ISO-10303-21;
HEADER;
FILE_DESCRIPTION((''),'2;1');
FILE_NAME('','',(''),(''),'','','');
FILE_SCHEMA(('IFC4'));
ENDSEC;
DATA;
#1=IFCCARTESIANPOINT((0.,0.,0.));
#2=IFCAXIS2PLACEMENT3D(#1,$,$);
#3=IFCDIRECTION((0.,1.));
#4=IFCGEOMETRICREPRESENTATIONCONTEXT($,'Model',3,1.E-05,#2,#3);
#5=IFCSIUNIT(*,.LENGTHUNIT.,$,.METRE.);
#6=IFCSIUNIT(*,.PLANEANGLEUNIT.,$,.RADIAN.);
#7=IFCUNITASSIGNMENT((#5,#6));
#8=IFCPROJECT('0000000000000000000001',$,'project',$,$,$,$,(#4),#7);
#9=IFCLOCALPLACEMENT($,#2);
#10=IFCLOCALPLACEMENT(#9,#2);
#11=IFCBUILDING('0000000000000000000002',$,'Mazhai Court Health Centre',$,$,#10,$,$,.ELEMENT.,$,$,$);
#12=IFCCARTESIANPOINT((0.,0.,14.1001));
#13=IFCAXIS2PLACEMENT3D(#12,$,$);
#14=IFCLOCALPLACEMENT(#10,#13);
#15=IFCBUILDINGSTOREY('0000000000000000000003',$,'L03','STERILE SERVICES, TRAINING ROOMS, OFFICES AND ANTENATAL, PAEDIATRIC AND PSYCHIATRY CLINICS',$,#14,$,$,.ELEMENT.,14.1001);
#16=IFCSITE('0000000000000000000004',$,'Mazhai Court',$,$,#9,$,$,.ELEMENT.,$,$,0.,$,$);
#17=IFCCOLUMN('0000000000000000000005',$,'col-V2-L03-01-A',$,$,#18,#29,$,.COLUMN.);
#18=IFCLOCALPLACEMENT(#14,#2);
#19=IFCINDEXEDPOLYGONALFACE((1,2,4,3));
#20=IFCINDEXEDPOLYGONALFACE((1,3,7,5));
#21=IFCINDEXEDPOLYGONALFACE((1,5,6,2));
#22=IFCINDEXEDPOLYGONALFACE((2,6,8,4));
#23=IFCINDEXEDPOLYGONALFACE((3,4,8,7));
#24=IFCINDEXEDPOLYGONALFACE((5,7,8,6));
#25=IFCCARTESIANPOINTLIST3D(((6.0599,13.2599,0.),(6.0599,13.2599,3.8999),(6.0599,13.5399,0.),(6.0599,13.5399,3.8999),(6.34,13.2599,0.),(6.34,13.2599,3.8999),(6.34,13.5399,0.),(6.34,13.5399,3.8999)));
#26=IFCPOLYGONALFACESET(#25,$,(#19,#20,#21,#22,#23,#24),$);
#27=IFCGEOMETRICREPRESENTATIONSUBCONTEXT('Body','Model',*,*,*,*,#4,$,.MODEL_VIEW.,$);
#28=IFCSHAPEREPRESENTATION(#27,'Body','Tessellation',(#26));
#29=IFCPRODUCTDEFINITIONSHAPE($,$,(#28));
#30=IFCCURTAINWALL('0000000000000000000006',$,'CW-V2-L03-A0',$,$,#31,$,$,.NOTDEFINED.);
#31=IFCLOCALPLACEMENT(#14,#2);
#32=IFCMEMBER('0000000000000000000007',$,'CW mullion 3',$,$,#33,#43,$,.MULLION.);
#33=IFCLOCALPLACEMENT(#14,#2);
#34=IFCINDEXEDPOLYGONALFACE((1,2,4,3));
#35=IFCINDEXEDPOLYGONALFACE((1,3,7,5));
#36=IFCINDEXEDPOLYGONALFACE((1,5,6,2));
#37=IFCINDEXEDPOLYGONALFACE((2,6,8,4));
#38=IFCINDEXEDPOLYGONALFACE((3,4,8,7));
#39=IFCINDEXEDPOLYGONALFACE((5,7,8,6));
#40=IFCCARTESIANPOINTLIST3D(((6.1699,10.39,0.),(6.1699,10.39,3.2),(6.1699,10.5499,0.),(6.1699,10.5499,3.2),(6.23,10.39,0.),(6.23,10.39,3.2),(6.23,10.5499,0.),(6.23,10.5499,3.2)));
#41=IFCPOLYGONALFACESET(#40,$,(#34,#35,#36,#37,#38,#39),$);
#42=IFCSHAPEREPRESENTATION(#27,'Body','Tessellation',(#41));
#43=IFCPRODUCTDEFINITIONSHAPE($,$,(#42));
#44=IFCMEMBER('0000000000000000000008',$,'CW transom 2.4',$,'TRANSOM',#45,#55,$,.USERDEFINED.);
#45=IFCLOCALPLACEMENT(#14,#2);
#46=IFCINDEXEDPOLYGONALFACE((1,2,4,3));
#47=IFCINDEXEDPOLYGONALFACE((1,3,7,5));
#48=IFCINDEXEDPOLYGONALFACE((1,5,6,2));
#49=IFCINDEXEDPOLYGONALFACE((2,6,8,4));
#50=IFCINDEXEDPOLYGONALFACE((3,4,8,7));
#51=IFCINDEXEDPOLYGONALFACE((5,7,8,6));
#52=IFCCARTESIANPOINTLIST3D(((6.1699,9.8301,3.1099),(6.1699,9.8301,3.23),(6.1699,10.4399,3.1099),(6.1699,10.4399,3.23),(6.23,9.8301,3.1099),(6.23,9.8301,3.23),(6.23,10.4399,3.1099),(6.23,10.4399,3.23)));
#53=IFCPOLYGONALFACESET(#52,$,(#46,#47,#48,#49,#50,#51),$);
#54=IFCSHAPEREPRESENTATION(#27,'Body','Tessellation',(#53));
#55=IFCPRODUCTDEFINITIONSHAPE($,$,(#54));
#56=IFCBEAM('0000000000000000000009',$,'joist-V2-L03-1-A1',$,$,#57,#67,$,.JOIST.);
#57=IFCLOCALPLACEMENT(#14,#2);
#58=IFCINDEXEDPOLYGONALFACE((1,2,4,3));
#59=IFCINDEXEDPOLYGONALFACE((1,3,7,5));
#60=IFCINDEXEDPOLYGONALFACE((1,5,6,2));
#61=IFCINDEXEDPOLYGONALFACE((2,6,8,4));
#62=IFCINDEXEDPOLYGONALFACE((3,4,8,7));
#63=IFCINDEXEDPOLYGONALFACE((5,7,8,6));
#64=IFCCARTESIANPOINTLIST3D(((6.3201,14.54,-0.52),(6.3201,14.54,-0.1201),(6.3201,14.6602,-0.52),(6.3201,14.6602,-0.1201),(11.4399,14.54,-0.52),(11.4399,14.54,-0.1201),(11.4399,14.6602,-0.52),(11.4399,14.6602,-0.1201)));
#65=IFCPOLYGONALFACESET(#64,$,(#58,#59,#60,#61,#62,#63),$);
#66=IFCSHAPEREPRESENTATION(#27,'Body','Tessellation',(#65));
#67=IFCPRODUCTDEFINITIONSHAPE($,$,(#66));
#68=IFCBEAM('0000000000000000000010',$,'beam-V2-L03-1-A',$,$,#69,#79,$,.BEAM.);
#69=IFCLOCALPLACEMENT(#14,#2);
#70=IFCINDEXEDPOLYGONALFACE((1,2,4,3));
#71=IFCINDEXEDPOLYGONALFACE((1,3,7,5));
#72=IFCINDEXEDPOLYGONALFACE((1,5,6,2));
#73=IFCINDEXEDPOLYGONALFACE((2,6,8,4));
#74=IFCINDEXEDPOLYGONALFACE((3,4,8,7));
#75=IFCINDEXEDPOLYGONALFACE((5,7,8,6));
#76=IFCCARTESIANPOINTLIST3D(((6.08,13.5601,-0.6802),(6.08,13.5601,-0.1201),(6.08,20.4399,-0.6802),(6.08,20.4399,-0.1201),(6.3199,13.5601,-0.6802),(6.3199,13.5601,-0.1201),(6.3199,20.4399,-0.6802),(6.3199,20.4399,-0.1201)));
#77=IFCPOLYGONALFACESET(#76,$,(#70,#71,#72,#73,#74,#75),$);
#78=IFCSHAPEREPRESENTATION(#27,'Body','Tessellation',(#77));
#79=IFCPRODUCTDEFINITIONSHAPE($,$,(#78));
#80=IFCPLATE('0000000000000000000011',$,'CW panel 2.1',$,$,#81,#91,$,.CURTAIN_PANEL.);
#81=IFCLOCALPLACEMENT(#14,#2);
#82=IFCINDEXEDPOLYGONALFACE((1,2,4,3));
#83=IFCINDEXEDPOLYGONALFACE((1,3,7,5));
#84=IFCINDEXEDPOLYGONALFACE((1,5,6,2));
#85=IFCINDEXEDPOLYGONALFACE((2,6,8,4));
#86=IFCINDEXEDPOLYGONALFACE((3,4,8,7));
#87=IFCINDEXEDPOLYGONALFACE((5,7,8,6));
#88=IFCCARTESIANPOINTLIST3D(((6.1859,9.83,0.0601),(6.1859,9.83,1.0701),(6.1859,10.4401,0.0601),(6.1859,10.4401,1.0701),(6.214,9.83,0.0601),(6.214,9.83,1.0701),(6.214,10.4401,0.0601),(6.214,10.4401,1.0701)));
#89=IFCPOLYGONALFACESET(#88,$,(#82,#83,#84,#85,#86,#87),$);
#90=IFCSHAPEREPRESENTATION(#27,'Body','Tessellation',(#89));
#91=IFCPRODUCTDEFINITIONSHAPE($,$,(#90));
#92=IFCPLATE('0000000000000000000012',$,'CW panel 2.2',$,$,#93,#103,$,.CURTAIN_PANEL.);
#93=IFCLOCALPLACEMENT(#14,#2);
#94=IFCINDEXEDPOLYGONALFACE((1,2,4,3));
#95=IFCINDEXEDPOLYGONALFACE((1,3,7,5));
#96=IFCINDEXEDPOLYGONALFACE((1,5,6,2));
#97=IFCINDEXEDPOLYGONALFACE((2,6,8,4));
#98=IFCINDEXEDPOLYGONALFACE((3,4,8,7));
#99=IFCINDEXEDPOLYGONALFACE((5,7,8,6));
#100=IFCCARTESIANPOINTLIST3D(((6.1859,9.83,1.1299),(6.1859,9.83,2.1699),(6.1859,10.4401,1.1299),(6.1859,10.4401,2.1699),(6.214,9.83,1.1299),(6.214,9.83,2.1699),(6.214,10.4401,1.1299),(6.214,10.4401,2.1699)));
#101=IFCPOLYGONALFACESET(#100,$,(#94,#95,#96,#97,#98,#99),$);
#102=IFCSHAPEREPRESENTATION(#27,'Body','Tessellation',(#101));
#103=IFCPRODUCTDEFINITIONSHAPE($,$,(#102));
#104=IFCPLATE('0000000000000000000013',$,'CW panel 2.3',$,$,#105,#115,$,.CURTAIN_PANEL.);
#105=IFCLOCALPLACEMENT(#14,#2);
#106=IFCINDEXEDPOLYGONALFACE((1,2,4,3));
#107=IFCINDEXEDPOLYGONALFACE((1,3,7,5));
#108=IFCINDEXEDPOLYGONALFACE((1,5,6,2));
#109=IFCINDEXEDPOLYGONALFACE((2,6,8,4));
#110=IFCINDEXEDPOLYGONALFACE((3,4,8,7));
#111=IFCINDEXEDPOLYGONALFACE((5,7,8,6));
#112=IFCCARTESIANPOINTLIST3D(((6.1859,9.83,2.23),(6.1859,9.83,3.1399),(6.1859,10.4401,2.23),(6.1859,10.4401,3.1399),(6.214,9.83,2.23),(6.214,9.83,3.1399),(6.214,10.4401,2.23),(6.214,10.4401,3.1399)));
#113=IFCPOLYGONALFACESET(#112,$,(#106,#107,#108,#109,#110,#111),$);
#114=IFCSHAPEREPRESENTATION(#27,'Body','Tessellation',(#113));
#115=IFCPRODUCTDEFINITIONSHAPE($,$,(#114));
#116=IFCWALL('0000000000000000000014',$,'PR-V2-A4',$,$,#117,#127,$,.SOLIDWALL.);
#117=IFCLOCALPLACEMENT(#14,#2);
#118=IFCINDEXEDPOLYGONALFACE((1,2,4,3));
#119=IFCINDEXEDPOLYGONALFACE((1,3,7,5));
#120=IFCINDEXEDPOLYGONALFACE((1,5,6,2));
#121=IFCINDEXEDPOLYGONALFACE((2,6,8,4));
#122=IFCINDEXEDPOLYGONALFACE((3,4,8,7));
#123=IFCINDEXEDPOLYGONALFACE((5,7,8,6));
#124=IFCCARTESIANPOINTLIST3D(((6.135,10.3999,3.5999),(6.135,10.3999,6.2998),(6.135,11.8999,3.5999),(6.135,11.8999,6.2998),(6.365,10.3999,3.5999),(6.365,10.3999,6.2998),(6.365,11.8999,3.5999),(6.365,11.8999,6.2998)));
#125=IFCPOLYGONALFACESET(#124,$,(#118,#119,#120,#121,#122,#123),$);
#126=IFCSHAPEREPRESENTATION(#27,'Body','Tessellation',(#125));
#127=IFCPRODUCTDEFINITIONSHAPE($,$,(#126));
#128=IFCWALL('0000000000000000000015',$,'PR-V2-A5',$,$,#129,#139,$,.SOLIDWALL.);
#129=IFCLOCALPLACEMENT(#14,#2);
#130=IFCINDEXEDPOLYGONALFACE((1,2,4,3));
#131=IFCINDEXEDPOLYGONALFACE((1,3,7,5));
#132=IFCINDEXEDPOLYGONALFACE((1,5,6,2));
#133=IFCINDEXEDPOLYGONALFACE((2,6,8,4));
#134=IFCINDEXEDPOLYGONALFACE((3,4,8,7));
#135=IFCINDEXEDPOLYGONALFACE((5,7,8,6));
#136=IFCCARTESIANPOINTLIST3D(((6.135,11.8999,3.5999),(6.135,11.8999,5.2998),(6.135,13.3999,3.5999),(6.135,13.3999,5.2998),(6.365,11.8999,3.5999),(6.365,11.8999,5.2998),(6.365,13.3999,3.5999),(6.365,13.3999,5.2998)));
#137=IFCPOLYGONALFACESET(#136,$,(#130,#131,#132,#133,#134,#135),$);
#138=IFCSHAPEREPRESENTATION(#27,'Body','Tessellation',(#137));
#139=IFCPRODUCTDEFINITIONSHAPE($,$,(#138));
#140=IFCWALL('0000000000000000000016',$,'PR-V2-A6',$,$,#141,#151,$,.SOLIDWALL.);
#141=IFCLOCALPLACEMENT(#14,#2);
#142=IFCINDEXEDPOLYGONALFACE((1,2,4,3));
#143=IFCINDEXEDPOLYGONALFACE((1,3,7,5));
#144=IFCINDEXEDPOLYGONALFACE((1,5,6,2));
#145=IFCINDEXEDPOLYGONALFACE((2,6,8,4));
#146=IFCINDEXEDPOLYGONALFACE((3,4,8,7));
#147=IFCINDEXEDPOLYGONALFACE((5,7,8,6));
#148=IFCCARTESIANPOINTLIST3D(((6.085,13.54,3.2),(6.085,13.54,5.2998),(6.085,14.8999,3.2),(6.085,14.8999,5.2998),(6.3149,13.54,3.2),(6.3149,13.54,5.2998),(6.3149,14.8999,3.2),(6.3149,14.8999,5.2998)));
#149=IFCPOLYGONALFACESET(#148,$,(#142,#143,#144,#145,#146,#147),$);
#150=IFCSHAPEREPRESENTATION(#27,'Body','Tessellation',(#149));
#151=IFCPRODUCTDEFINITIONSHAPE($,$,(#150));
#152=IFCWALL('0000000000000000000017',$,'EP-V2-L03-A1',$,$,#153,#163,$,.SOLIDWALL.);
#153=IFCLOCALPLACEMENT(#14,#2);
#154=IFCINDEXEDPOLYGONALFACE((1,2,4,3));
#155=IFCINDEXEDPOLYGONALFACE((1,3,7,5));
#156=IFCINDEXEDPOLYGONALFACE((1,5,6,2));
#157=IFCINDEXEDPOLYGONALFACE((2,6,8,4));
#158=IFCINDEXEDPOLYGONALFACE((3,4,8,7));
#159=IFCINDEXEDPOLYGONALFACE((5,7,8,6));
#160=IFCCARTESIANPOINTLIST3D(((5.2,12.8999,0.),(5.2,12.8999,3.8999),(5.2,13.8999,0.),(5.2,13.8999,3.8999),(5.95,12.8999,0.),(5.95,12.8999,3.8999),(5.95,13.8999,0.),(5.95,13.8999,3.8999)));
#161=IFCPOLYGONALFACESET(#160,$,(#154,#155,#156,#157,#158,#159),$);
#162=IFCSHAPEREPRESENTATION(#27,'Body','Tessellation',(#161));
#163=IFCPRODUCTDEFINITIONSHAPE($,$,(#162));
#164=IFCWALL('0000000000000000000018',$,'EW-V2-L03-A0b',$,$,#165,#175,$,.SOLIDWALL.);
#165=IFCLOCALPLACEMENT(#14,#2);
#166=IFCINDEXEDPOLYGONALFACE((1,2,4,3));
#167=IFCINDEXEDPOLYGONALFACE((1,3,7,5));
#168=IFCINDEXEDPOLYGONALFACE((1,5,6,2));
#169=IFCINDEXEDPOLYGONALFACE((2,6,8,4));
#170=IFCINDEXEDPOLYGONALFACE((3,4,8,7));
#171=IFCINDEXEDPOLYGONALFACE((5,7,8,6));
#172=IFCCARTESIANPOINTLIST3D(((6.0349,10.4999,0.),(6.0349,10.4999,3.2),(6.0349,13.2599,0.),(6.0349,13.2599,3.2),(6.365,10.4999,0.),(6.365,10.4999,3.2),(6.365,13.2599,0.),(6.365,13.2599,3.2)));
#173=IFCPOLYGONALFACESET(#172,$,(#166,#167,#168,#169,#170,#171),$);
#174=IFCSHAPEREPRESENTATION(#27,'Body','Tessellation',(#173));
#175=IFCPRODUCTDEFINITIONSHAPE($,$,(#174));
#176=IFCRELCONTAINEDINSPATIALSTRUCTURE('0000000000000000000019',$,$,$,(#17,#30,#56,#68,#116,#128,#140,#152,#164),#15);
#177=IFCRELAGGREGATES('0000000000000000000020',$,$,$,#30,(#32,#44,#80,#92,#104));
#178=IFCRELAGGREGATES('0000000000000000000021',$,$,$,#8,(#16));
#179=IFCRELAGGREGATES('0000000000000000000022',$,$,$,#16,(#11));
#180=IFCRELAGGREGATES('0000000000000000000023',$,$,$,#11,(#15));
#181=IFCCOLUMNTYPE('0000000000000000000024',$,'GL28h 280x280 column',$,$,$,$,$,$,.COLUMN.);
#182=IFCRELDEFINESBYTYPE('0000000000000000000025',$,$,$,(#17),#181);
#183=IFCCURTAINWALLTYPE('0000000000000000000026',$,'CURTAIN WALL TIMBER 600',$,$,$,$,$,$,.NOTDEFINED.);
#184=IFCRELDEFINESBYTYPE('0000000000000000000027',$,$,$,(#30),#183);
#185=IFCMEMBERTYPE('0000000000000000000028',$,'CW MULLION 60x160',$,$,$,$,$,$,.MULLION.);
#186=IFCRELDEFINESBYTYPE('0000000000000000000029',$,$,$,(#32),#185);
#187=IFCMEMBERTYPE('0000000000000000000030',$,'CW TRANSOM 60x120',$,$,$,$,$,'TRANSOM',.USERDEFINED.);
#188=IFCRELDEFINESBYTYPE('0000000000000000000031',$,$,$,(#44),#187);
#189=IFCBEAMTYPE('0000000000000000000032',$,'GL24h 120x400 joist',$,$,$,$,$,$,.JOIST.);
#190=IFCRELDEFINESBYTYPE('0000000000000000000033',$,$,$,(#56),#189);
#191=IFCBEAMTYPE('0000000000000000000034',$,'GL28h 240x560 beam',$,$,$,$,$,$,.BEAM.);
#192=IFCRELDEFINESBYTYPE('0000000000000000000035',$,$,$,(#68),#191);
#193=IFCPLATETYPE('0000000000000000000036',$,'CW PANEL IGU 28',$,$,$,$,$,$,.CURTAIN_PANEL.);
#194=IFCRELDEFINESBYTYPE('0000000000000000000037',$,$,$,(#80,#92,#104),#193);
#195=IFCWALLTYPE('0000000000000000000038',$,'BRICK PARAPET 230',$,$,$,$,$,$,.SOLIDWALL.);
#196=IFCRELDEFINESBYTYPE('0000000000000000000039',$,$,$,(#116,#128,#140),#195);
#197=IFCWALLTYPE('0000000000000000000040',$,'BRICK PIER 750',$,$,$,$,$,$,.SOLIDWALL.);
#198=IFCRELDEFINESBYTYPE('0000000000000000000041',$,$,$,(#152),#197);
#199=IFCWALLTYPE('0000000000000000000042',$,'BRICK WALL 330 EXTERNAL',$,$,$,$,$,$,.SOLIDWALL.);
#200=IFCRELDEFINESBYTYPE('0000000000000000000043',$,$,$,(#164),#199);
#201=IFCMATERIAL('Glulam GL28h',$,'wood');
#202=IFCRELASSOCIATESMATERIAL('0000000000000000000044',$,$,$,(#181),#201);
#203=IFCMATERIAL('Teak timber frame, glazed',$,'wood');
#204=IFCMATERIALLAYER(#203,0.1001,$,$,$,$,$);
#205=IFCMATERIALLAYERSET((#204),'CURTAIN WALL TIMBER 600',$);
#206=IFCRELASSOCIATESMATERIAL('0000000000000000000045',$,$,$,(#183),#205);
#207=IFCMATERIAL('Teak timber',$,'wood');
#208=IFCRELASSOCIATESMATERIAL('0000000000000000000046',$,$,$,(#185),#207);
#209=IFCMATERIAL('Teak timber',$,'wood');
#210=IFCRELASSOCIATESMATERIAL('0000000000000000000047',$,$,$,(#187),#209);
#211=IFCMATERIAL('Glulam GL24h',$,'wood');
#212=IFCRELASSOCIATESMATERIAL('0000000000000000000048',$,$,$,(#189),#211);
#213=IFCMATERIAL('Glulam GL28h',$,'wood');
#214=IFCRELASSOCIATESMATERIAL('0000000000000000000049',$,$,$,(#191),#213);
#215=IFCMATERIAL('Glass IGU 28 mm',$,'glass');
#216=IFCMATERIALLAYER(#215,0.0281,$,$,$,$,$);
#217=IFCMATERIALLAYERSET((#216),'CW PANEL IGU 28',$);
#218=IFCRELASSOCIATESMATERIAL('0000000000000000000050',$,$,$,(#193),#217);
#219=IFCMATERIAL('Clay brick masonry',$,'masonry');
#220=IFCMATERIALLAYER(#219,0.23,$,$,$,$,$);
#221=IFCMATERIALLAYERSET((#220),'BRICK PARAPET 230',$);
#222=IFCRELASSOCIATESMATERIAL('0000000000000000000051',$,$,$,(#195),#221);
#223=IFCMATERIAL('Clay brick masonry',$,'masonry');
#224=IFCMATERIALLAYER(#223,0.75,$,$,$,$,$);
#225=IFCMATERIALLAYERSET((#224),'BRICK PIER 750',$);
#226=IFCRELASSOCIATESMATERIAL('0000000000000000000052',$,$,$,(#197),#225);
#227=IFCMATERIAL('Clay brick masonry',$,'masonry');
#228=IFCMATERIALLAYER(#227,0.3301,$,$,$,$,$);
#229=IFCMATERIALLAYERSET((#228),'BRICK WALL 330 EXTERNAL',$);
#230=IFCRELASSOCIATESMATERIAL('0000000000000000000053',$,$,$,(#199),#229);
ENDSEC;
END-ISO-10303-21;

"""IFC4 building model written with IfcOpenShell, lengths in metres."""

from ifc_helpers import new_model, si_unit, direction, frame, frame_2d, origin, origin_2d, place, context, subcontext, project, spatial, rectangle, extrude, material, layer, layer_set, material_profile, profile_set, type_object, element, aggregate, save


model = new_model("IFC4")

# Units and contexts
model_context = context("Model", 3, precision=1e-05, world=origin(), true_north=direction((0.0, 1.0)))
body_context = subcontext(model_context, "Body", "Model", "MODEL_VIEW")
ifc_project = project(units=[si_unit("LENGTHUNIT", "METRE"), si_unit("PLANEANGLEUNIT", "RADIAN")], contexts=[model_context])

# Site, building, storey
site_placement = place(None, origin())
site = spatial("IfcSite", under=ifc_project, at=site_placement, Name="Mazhai Court", CompositionType="ELEMENT", RefElevation=0.0)
building_placement = place(site_placement, origin())
building = spatial("IfcBuilding", under=site, at=building_placement, Name="Mazhai Court Health Centre", CompositionType="ELEMENT")
storey_placement = place(building_placement, frame((0.0, 0.0, 14.1001)))
storey = spatial("IfcBuildingStorey", under=building, at=storey_placement, Name="L03", Description="STERILE SERVICES, TRAINING ROOMS, OFFICES AND ANTENATAL, PAEDIATRIC AND PSYCHIATRY CLINICS", CompositionType="ELEMENT", Elevation=14.1001)

# Column
ifc_material_1 = material(Name="Glulam GL28h", Category="wood")
ifc_material_profile_1 = material_profile(ifc_material_1, rectangle(XDim=0.28, YDim=0.28, at=origin_2d()), Name="GL28h 280x280")
ifc_profile_set_1 = profile_set([ifc_material_profile_1], Name="Glulam GL28h")
column_type = type_object("IfcColumnType", Name="GL28h 280x280 column", PredefinedType="COLUMN", material=ifc_profile_set_1)
column_placement = place(storey_placement, frame((6.2, 13.3999, 0.0), z_axis=(0.0, 0.0, 1.0), x_axis=(1.0, 0.0, 0.0)))
element("IfcColumn", 1, at=column_placement, inside=storey, type_object=column_type, Name="col-V2-L03-01-A", PredefinedType="COLUMN", context=body_context, shape_type="SweptSolid", body=[
    extrude(rectangle(XDim=0.28, YDim=0.28, at=origin_2d()), origin(), (0.0, 0.0, 1.0), 3.8999),
])

# Curtain wall, members
ifc_material_2 = material(Name="Teak timber frame, glazed", Category="wood")
ifc_layer_1 = layer(ifc_material_2, 0.1001)
ifc_layer_set_1 = layer_set([ifc_layer_1], Name="CURTAIN WALL TIMBER 600")
curtain_wall_type = type_object("IfcCurtainWallType", Name="CURTAIN WALL TIMBER 600", PredefinedType="NOTDEFINED", material=ifc_layer_set_1)
curtain_wall_placement = place(storey_placement, origin())
curtain_wall = element("IfcCurtainWall", 2, at=curtain_wall_placement, inside=storey, type_object=curtain_wall_type, Name="CW-V2-L03-A0", PredefinedType="NOTDEFINED")
ifc_material_3 = material(Name="Teak timber", Category="wood")
ifc_material_profile_2 = material_profile(ifc_material_3, rectangle(XDim=0.0601, YDim=0.1599, at=origin_2d()), Name="CW MULLION 60x160")
ifc_profile_set_2 = profile_set([ifc_material_profile_2], Name="Teak timber")
member_type_1 = type_object("IfcMemberType", Name="CW MULLION 60x160", PredefinedType="MULLION", material=ifc_profile_set_2)
member_1_placement = place(storey_placement, frame((6.2, 10.47, 0.0), z_axis=(0.0, 0.0, 1.0), x_axis=(-1.0, 0.0, 0.0)))
member_1 = element("IfcMember", 3, at=member_1_placement, type_object=member_type_1, Name="CW mullion 3", PredefinedType="MULLION", context=body_context, shape_type="SweptSolid", body=[
    extrude(rectangle(XDim=0.0601, YDim=0.1599, at=origin_2d()), origin(), (0.0, 0.0, 1.0), 3.2),
])
ifc_material_4 = material(Name="Teak timber", Category="wood")
ifc_material_profile_3 = material_profile(ifc_material_4, rectangle(XDim=0.0601, YDim=0.1201, at=origin_2d()), Name="CW TRANSOM 60x120")
ifc_profile_set_3 = profile_set([ifc_material_profile_3], Name="Teak timber")
member_type_2 = type_object("IfcMemberType", Name="CW TRANSOM 60x120", ElementType="TRANSOM", PredefinedType="USERDEFINED", material=ifc_profile_set_3)
member_2_placement = place(storey_placement, frame((6.2, 9.8301, 3.1699), z_axis=(0.0, 1.0, 0.0), x_axis=(-1.0, 0.0, 0.0)))
member_2 = element("IfcMember", 4, at=member_2_placement, type_object=member_type_2, Name="CW transom 2.4", ObjectType="TRANSOM", PredefinedType="USERDEFINED", context=body_context, shape_type="SweptSolid", body=[
    extrude(rectangle(XDim=0.0601, YDim=0.1201, at=origin_2d()), origin(), (0.0, 0.0, 1.0), 0.6099),
])

# Beams
ifc_material_5 = material(Name="Glulam GL24h", Category="wood")
ifc_material_profile_4 = material_profile(ifc_material_5, rectangle(XDim=0.1201, YDim=0.3999, at=origin_2d()), Name="GL24h 120x400")
ifc_profile_set_4 = profile_set([ifc_material_profile_4], Name="Glulam GL24h")
beam_type_1 = type_object("IfcBeamType", Name="GL24h 120x400 joist", PredefinedType="JOIST", material=ifc_profile_set_4)
beam_1_placement = place(storey_placement, frame((6.3201, 14.6001, -0.3201), z_axis=(1.0, 0.0, 0.0), x_axis=(0.0, 1.0, 0.0)))
element("IfcBeam", 5, at=beam_1_placement, inside=storey, type_object=beam_type_1, Name="joist-V2-L03-1-A1", PredefinedType="JOIST", context=body_context, shape_type="SweptSolid", body=[
    extrude(rectangle(XDim=0.1201, YDim=0.3999, at=origin_2d()), origin(), (0.0, 0.0, 1.0), 5.1199),
])
ifc_material_6 = material(Name="Glulam GL28h", Category="wood")
ifc_material_profile_5 = material_profile(ifc_material_6, rectangle(XDim=0.24, YDim=0.5601, at=origin_2d()), Name="GL28h 240x560")
ifc_profile_set_5 = profile_set([ifc_material_profile_5], Name="Glulam GL28h")
beam_type_2 = type_object("IfcBeamType", Name="GL28h 240x560 beam", PredefinedType="BEAM", material=ifc_profile_set_5)
beam_2_placement = place(storey_placement, frame((6.2, 13.5601, -0.4001), z_axis=(0.0, 1.0, 0.0), x_axis=(-1.0, 0.0, 0.0)))
element("IfcBeam", 6, at=beam_2_placement, inside=storey, type_object=beam_type_2, Name="beam-V2-L03-1-A", PredefinedType="BEAM", context=body_context, shape_type="SweptSolid", body=[
    extrude(rectangle(XDim=0.24, YDim=0.5601, at=origin_2d()), origin(), (0.0, 0.0, 1.0), 6.8799),
])

# Plates
ifc_material_7 = material(Name="Glass IGU 28 mm", Category="glass")
ifc_layer_2 = layer(ifc_material_7, 0.0281)
ifc_layer_set_2 = layer_set([ifc_layer_2], Name="CW PANEL IGU 28")
plate_type = type_object("IfcPlateType", Name="CW PANEL IGU 28", PredefinedType="CURTAIN_PANEL", material=ifc_layer_set_2)
plate_1_placement = place(storey_placement, frame((6.2, 10.135, 0.0601), z_axis=(0.0, 0.0, 1.0), x_axis=(0.0, 1.0, 0.0)))
plate_1 = element("IfcPlate", 7, at=plate_1_placement, type_object=plate_type, Name="CW panel 2.1", PredefinedType="CURTAIN_PANEL", context=body_context, shape_type="SweptSolid", body=[
    extrude(rectangle(XDim=0.6101, YDim=0.0281, at=origin_2d()), origin(), (0.0, 0.0, 1.0), 1.01),
])
plate_2_placement = place(storey_placement, frame((6.2, 10.135, 1.1299), z_axis=(0.0, 0.0, 1.0), x_axis=(0.0, 1.0, 0.0)))
plate_2 = element("IfcPlate", 8, at=plate_2_placement, type_object=plate_type, Name="CW panel 2.2", PredefinedType="CURTAIN_PANEL", context=body_context, shape_type="SweptSolid", body=[
    extrude(rectangle(XDim=0.6101, YDim=0.0281, at=origin_2d()), origin(), (0.0, 0.0, 1.0), 1.04),
])
plate_3_placement = place(storey_placement, frame((6.2, 10.135, 2.23), z_axis=(0.0, 0.0, 1.0), x_axis=(0.0, 1.0, 0.0)))
plate_3 = element("IfcPlate", 9, at=plate_3_placement, type_object=plate_type, Name="CW panel 2.3", PredefinedType="CURTAIN_PANEL", context=body_context, shape_type="SweptSolid", body=[
    extrude(rectangle(XDim=0.6101, YDim=0.0281, at=origin_2d()), origin(), (0.0, 0.0, 1.0), 0.9099),
])
aggregate(curtain_wall, [member_1, member_2, plate_1, plate_2, plate_3])

# Walls
ifc_material_8 = material(Name="Clay brick masonry", Category="masonry")
ifc_layer_3 = layer(ifc_material_8, 0.23)
ifc_layer_set_3 = layer_set([ifc_layer_3], Name="BRICK PARAPET 230")
wall_type_1 = type_object("IfcWallType", Name="BRICK PARAPET 230", PredefinedType="SOLIDWALL", material=ifc_layer_set_3)
wall_1_placement = place(storey_placement, frame((6.25, 10.3999, 3.5999), z_axis=(0.0, 0.0, 1.0), x_axis=(0.0, 1.0, 0.0)))
element("IfcWall", 10, at=wall_1_placement, inside=storey, type_object=wall_type_1, Name="PR-V2-A4", PredefinedType="SOLIDWALL", context=body_context, shape_type="SweptSolid", body=[
    extrude(rectangle(XDim=1.5, YDim=0.23, at=frame_2d((0.75, 0.0))), origin(), (0.0, 0.0, 1.0), 2.7),
])
wall_2_placement = place(storey_placement, frame((6.25, 11.8999, 3.5999), z_axis=(0.0, 0.0, 1.0), x_axis=(0.0, 1.0, 0.0)))
element("IfcWall", 11, at=wall_2_placement, inside=storey, type_object=wall_type_1, Name="PR-V2-A5", PredefinedType="SOLIDWALL", context=body_context, shape_type="SweptSolid", body=[
    extrude(rectangle(XDim=1.5, YDim=0.23, at=frame_2d((0.75, 0.0))), origin(), (0.0, 0.0, 1.0), 1.7),
])
wall_3_placement = place(storey_placement, frame((6.2, 13.54, 3.2), z_axis=(0.0, 0.0, 1.0), x_axis=(0.0, 1.0, 0.0)))
element("IfcWall", 12, at=wall_3_placement, inside=storey, type_object=wall_type_1, Name="PR-V2-A6", PredefinedType="SOLIDWALL", context=body_context, shape_type="SweptSolid", body=[
    extrude(rectangle(XDim=1.3599, YDim=0.23, at=frame_2d((0.6799, 0.0))), origin(), (0.0, 0.0, 1.0), 2.0999),
])
ifc_material_9 = material(Name="Clay brick masonry", Category="masonry")
ifc_layer_4 = layer(ifc_material_9, 0.75)
ifc_layer_set_4 = layer_set([ifc_layer_4], Name="BRICK PIER 750")
wall_type_2 = type_object("IfcWallType", Name="BRICK PIER 750", PredefinedType="SOLIDWALL", material=ifc_layer_set_4)
wall_4_placement = place(storey_placement, frame((5.575, 12.8999, 0.0), z_axis=(0.0, 0.0, 1.0), x_axis=(0.0, 1.0, 0.0)))
element("IfcWall", 13, at=wall_4_placement, inside=storey, type_object=wall_type_2, Name="EP-V2-L03-A1", PredefinedType="SOLIDWALL", context=body_context, shape_type="SweptSolid", body=[
    extrude(rectangle(XDim=1.0, YDim=0.75, at=frame_2d((0.5, 0.0))), origin(), (0.0, 0.0, 1.0), 3.8999),
])
ifc_material_10 = material(Name="Clay brick masonry", Category="masonry")
ifc_layer_5 = layer(ifc_material_10, 0.3301)
ifc_layer_set_5 = layer_set([ifc_layer_5], Name="BRICK WALL 330 EXTERNAL")
wall_type_3 = type_object("IfcWallType", Name="BRICK WALL 330 EXTERNAL", PredefinedType="SOLIDWALL", material=ifc_layer_set_5)
wall_5_placement = place(storey_placement, frame((6.2, 10.5, 0.0), z_axis=(0.0, 0.0, 1.0), x_axis=(0.0, 1.0, 0.0)))
element("IfcWall", 14, at=wall_5_placement, inside=storey, type_object=wall_type_3, Name="EW-V2-L03-A0b", PredefinedType="SOLIDWALL", context=body_context, shape_type="SweptSolid", body=[
    extrude(rectangle(XDim=2.76, YDim=0.3301, at=frame_2d((1.3799, 0.0))), origin(), (0.0, 0.0, 1.0), 3.2),
])

save(model, "model.ifc")
